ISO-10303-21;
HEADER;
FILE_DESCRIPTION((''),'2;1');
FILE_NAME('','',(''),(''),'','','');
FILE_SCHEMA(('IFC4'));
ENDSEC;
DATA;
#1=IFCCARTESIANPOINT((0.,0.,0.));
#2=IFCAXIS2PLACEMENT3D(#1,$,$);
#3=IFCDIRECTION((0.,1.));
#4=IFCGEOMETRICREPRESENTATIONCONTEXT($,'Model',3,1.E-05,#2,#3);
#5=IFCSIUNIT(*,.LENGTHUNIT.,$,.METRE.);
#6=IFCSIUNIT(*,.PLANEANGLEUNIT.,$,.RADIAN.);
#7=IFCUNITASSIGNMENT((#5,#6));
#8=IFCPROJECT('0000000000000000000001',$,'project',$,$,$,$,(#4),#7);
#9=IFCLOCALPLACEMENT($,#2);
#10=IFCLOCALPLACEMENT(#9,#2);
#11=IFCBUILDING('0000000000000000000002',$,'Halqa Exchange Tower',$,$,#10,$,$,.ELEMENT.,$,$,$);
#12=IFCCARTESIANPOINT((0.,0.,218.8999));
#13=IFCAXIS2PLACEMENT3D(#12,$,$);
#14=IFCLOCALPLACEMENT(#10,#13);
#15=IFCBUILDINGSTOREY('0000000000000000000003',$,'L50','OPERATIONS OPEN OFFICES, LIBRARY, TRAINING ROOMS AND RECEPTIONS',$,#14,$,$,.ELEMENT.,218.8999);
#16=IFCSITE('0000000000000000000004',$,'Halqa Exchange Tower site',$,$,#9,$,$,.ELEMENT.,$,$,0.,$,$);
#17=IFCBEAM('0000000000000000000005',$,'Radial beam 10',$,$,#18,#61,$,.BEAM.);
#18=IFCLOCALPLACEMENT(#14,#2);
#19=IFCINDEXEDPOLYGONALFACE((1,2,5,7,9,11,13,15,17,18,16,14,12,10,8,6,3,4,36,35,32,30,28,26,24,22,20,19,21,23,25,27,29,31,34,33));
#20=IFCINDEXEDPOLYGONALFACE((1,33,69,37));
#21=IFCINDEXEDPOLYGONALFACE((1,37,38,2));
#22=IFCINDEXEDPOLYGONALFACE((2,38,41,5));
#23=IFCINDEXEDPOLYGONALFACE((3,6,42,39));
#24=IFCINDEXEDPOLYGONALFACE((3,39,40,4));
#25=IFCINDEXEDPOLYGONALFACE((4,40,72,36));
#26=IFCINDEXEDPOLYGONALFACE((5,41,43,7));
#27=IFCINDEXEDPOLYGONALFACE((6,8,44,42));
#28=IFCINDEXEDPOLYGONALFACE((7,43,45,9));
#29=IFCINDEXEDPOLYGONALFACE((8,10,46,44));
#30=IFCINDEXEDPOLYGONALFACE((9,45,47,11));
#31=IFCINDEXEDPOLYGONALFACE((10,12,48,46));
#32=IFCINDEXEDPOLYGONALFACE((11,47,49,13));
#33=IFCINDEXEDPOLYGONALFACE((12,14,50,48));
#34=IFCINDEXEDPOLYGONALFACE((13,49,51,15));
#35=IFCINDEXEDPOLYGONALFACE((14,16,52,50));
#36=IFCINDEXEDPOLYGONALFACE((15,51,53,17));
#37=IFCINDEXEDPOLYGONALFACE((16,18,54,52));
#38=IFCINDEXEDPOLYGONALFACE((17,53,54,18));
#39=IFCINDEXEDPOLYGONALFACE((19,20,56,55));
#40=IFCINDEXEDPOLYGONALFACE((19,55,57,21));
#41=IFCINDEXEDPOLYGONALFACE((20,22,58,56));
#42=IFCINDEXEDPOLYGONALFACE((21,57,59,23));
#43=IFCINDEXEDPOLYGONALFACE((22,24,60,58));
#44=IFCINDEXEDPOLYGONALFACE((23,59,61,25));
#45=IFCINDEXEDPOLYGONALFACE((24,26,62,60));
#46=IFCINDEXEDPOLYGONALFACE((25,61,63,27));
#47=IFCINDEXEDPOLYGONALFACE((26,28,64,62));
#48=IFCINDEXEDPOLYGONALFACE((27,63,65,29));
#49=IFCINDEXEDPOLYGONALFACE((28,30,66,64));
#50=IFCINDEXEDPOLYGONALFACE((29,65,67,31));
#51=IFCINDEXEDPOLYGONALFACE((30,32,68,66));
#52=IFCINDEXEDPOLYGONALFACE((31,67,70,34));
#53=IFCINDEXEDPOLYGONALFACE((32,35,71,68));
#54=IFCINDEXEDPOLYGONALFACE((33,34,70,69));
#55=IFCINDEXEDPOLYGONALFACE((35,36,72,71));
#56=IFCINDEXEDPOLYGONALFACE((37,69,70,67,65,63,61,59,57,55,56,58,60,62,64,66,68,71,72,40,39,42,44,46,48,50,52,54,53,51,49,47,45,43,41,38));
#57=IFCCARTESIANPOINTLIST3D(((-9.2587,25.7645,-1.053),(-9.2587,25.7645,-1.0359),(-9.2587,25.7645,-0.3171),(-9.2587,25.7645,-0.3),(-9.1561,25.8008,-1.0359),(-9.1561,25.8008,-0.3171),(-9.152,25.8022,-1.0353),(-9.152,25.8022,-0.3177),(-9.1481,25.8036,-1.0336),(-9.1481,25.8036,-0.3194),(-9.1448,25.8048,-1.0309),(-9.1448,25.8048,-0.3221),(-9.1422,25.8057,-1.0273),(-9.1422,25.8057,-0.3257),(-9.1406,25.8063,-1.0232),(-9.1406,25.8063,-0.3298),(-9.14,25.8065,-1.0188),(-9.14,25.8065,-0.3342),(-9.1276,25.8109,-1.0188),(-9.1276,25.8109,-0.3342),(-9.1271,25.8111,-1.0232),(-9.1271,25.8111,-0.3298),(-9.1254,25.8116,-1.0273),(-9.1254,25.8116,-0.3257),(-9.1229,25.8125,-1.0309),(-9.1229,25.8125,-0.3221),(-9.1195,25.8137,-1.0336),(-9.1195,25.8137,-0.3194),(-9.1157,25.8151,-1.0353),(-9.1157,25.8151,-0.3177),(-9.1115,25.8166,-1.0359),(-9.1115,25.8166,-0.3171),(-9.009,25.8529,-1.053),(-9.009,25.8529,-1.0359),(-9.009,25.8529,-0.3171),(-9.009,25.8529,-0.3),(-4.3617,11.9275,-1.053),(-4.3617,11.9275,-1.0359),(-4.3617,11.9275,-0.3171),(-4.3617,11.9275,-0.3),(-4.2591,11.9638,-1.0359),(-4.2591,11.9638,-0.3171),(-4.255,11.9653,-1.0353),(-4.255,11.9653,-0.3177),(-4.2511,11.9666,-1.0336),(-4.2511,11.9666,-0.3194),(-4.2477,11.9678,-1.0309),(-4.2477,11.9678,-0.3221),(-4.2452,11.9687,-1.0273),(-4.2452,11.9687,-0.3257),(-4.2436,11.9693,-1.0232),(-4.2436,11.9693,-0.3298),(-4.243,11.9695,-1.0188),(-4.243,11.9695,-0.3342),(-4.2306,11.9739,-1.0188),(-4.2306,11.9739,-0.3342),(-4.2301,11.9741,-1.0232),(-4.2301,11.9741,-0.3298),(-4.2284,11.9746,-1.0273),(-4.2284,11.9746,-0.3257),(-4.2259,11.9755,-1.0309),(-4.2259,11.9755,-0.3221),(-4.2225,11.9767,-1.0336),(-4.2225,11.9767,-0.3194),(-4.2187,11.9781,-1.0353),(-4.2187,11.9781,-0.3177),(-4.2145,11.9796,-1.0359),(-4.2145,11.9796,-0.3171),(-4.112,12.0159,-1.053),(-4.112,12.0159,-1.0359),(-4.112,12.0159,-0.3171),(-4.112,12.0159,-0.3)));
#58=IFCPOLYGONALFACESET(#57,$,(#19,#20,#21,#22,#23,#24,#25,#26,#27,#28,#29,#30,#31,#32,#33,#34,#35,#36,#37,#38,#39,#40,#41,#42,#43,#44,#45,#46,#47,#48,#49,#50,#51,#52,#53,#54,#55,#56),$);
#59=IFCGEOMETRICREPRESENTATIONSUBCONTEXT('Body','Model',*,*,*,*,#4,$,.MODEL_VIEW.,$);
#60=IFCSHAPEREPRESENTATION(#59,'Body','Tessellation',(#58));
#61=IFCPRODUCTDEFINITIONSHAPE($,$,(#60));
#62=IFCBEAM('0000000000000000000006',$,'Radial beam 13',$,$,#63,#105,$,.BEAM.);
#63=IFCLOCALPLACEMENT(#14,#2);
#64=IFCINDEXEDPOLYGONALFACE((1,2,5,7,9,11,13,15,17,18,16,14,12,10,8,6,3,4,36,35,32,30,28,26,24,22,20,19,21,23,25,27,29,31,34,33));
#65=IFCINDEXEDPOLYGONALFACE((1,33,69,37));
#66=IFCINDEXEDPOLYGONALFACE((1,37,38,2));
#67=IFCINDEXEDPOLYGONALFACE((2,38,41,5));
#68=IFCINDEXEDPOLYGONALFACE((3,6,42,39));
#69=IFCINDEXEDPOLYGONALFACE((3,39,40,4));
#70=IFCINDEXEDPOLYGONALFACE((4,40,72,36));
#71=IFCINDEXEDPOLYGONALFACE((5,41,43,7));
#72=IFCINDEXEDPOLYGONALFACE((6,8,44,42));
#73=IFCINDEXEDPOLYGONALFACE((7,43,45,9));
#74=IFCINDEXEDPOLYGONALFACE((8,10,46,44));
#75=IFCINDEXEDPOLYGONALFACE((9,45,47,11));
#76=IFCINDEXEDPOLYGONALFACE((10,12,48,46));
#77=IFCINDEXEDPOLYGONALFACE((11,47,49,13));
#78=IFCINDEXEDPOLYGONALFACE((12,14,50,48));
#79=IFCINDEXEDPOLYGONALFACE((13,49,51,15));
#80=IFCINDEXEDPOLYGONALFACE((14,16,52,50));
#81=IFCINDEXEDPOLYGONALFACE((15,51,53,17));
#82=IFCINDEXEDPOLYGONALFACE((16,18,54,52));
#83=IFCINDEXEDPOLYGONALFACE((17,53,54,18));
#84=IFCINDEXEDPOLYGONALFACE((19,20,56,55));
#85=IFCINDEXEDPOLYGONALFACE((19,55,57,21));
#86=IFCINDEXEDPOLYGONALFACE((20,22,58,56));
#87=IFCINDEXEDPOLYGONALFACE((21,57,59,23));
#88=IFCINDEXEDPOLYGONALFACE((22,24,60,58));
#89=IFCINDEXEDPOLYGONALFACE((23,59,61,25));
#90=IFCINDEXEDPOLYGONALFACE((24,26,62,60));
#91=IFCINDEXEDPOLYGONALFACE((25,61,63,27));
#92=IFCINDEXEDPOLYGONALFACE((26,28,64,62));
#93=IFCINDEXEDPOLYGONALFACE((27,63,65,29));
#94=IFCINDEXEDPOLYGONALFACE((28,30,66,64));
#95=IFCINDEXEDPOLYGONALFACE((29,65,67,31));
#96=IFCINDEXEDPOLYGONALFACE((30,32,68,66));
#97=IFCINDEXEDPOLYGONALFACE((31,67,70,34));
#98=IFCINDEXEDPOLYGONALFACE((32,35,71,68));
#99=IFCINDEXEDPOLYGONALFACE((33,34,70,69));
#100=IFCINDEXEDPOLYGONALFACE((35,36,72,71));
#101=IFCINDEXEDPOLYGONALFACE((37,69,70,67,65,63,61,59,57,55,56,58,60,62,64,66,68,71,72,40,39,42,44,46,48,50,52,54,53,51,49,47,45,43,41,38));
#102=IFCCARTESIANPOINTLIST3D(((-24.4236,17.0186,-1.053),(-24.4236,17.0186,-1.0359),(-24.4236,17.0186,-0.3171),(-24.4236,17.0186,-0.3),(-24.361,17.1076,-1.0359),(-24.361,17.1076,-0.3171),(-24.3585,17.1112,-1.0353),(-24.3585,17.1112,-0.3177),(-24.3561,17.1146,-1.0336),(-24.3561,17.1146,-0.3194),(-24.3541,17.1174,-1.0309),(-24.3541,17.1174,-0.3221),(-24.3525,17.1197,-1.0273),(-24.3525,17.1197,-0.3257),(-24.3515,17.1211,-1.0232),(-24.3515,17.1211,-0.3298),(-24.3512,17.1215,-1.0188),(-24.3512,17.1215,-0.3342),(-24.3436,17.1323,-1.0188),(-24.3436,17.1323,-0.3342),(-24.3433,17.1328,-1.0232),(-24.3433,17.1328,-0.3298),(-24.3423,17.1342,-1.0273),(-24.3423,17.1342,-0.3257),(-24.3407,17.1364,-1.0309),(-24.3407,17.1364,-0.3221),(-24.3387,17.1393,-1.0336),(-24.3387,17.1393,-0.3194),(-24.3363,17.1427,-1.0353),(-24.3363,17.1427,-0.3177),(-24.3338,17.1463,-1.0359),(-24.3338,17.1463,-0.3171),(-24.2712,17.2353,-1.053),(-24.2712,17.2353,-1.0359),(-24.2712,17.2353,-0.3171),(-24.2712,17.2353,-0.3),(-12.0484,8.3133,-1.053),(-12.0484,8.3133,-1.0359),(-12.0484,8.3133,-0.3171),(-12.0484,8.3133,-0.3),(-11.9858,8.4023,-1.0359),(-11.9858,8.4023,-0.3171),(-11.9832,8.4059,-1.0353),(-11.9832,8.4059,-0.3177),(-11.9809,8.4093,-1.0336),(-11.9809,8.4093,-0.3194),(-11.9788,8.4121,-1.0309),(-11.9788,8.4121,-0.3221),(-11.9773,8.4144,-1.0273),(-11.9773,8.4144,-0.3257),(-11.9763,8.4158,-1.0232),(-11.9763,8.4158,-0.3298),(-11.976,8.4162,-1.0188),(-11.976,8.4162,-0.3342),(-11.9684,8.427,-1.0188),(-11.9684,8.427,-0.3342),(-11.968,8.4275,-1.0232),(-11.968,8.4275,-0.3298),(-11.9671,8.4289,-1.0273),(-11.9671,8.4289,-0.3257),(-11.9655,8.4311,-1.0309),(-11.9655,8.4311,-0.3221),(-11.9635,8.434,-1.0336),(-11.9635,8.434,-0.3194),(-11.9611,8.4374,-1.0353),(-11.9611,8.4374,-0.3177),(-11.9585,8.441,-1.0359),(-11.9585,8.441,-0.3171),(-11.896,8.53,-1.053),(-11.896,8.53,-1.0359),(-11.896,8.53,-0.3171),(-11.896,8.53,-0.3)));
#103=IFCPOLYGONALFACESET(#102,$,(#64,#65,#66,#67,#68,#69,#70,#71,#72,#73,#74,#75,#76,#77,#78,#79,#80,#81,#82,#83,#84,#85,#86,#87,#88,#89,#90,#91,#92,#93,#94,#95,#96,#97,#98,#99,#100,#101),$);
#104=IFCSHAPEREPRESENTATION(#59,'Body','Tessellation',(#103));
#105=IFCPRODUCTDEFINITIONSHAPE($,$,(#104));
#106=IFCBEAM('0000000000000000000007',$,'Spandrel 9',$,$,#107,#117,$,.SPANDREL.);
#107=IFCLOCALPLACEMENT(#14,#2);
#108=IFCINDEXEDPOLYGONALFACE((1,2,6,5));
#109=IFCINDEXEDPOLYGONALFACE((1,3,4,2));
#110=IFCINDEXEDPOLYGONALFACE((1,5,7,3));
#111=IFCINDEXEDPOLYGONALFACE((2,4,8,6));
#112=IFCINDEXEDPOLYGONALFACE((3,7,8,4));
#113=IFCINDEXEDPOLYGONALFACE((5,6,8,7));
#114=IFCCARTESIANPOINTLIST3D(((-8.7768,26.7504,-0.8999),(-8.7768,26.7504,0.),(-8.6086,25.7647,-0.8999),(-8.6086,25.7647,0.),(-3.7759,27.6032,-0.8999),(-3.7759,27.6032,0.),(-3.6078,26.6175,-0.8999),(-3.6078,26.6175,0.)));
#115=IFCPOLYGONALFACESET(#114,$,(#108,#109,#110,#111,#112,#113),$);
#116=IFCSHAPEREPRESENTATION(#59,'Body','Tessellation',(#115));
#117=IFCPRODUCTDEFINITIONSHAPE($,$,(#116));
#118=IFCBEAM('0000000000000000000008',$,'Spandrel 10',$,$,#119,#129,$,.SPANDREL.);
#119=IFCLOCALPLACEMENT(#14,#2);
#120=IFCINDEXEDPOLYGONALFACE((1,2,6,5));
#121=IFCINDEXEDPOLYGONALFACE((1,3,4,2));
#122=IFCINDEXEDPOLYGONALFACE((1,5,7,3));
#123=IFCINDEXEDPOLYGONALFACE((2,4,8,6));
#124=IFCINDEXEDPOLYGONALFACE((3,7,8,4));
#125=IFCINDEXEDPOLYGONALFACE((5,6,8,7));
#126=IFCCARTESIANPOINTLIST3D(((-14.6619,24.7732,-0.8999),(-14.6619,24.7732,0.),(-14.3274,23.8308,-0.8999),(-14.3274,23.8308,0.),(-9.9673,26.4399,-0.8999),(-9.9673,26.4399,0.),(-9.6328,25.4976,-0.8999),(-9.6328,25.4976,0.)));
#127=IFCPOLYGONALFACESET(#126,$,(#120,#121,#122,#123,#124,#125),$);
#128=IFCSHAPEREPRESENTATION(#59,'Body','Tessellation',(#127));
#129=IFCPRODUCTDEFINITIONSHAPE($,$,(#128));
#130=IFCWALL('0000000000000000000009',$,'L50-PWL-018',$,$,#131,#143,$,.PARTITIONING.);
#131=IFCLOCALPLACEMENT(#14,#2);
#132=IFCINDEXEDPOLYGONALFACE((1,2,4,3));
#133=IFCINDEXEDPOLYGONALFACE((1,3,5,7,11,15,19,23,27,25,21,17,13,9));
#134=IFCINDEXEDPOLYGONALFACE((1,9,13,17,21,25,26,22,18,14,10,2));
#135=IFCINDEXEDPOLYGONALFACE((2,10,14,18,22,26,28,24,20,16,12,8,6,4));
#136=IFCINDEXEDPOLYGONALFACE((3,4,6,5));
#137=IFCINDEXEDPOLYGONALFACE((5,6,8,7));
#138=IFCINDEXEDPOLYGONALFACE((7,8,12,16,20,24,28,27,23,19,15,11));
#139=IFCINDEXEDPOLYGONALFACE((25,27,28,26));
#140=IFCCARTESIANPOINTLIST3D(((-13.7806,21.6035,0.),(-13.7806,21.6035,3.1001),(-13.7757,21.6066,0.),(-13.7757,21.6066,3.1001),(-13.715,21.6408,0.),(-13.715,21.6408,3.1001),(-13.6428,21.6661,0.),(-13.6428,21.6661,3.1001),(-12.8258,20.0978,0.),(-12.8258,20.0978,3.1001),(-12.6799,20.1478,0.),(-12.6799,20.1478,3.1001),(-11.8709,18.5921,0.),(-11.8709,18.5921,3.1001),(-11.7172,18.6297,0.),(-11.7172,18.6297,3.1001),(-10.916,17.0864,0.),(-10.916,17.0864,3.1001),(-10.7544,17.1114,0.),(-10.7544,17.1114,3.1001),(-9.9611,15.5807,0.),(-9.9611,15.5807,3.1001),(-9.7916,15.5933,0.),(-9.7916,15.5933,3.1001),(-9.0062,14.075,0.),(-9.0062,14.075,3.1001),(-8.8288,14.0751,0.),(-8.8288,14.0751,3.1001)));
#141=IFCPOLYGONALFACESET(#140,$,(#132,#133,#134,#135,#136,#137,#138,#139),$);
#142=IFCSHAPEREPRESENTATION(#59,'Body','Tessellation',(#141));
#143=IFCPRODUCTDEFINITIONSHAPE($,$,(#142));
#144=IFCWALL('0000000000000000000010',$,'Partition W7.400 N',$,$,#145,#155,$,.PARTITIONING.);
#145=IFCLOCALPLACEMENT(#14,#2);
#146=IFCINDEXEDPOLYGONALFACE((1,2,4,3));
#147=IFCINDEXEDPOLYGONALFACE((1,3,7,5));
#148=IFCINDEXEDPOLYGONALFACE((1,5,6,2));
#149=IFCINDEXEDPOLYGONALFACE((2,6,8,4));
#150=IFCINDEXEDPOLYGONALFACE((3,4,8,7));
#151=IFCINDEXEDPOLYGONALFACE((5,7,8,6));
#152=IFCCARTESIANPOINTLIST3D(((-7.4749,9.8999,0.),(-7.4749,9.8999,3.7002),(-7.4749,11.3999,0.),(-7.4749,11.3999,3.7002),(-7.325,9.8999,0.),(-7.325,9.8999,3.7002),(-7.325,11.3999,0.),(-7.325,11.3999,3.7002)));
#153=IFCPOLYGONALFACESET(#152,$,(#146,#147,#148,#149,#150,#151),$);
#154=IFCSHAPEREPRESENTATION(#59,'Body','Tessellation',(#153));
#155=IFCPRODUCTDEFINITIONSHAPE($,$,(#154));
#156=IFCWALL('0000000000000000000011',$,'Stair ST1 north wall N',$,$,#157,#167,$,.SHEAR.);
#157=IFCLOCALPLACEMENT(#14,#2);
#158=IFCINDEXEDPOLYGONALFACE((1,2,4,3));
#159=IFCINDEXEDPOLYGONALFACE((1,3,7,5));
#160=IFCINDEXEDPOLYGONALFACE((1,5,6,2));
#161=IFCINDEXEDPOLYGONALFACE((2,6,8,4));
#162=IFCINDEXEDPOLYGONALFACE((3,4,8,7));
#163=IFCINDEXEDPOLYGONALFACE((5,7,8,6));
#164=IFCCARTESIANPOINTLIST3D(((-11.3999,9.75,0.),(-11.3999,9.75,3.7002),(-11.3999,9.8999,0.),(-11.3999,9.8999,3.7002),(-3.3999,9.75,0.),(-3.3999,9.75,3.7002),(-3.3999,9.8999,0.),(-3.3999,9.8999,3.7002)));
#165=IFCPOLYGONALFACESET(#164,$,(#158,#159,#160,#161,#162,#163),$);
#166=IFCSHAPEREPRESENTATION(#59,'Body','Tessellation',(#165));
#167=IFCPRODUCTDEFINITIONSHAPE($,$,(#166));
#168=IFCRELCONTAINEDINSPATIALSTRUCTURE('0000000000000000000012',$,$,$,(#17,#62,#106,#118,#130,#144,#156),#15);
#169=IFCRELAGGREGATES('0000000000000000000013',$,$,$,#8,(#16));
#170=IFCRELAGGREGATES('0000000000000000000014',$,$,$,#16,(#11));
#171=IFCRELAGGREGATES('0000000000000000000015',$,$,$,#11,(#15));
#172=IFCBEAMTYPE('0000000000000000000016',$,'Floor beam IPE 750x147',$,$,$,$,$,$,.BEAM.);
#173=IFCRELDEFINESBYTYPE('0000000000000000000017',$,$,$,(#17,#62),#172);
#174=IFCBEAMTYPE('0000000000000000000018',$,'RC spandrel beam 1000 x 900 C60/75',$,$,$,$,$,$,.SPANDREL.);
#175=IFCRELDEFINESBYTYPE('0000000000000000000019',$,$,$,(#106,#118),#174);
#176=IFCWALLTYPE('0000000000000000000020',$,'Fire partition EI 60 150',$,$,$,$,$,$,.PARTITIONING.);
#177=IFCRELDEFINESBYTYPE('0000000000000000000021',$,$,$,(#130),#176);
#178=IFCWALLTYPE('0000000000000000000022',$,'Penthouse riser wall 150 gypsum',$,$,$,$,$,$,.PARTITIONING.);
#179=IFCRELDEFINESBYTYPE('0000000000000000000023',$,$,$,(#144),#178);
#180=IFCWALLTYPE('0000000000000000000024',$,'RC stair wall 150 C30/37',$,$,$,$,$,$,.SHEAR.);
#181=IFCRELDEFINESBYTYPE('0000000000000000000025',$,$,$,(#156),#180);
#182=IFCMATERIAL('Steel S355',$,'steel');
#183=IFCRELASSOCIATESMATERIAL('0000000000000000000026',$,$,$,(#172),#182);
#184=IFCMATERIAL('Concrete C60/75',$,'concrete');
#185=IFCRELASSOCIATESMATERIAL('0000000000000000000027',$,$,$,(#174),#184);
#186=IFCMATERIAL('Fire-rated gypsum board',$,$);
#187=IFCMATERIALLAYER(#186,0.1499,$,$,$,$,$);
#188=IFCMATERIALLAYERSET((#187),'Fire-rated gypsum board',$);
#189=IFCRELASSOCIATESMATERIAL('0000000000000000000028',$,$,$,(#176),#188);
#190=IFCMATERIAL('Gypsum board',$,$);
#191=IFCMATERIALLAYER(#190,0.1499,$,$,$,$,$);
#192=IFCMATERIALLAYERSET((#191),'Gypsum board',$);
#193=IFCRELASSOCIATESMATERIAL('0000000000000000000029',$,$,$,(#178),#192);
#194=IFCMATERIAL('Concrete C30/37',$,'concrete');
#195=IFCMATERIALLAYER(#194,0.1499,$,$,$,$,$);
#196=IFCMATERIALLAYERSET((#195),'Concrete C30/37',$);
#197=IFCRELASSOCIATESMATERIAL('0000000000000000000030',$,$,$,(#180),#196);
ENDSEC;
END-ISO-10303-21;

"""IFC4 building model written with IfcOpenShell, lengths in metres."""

from ifc_helpers import new_model, si_unit, direction, frame, frame_2d, origin, origin_2d, place, context, subcontext, project, spatial, polyline, rectangle, i_section, outline, extrude, material, layer, layer_set, material_profile, profile_set, type_object, element, save


model = new_model("IFC4")

# Units and contexts
model_context = context("Model", 3, precision=1e-05, world=origin(), true_north=direction((0.0, 1.0)))
body_context = subcontext(model_context, "Body", "Model", "MODEL_VIEW")
ifc_project = project(units=[si_unit("LENGTHUNIT", "METRE"), si_unit("PLANEANGLEUNIT", "RADIAN")], contexts=[model_context])

# Site, building, storey
site_placement = place(None, origin())
site = spatial("IfcSite", under=ifc_project, at=site_placement, Name="Halqa Exchange Tower site", CompositionType="ELEMENT", RefElevation=0.0)
building_placement = place(site_placement, origin())
building = spatial("IfcBuilding", under=site, at=building_placement, Name="Halqa Exchange Tower", CompositionType="ELEMENT")
storey_placement = place(building_placement, frame((0.0, 0.0, 218.8999)))
storey = spatial("IfcBuildingStorey", under=building, at=storey_placement, Name="L50", Description="OPERATIONS OPEN OFFICES, LIBRARY, TRAINING ROOMS AND RECEPTIONS", CompositionType="ELEMENT", Elevation=218.8999)

# Shared definitions
ifc_material_1 = material(Name="Concrete C60/75", Category="concrete")

# Beams
ifc_material_2 = material(Name="Steel S355", Category="steel")
ifc_material_profile_1 = material_profile(ifc_material_2, i_section(OverallWidth=0.2649, OverallDepth=0.7529, WebThickness=0.0132, FlangeThickness=0.0171, FilletRadius=0.0171, at=origin_2d()), Name="IPE 750x147")
ifc_profile_set_1 = profile_set([ifc_material_profile_1], Name="Steel S355")
beam_type_1 = type_object("IfcBeamType", Name="Floor beam IPE 750x147", PredefinedType="BEAM", material=ifc_profile_set_1)
beam_1_placement = place(storey_placement, frame((-4.2368, 11.9717, -0.6765), z_axis=(-0.333629, 0.942704, 0.0), x_axis=(-0.942704, -0.333629, 0.0)))
element("IfcBeam", 1, at=beam_1_placement, inside=storey, type_object=beam_type_1, Name="Radial beam 10", PredefinedType="BEAM", context=body_context, shape_type="SweptSolid", body=[
    extrude(i_section(OverallWidth=0.2649, OverallDepth=0.7529, WebThickness=0.0132, FlangeThickness=0.0171, FilletRadius=0.0171, at=origin_2d()), origin(), (0.0, 0.0, 1.0), 14.678),
])
beam_2_placement = place(storey_placement, frame((-11.9722, 8.4216, -0.6765), z_axis=(-0.817905, 0.575353, 0.0), x_axis=(-0.575353, -0.817905, 0.0)))
element("IfcBeam", 2, at=beam_2_placement, inside=storey, type_object=beam_type_1, Name="Radial beam 13", PredefinedType="BEAM", context=body_context, shape_type="SweptSolid", body=[
    extrude(i_section(OverallWidth=0.2649, OverallDepth=0.7529, WebThickness=0.0132, FlangeThickness=0.0171, FilletRadius=0.0171, at=origin_2d()), origin(), (0.0, 0.0, 1.0), 15.1304),
])
ifc_material_profile_2 = material_profile(ifc_material_1, rectangle(XDim=1.0, YDim=0.8999, at=origin_2d()), Name="1000 x 900")
ifc_profile_set_2 = profile_set([ifc_material_profile_2], Name="Concrete C60/75")
beam_type_2 = type_object("IfcBeamType", Name="RC spandrel beam 1000 x 900 C60/75", PredefinedType="SPANDREL", material=ifc_profile_set_2)
beam_3_placement = place(storey_placement, frame((-3.6919, 27.1104, -0.45), z_axis=(-0.985769, -0.168105, 0.0), x_axis=(0.168105, -0.985769, 0.0)))
element("IfcBeam", 3, at=beam_3_placement, inside=storey, type_object=beam_type_2, Name="Spandrel 9", PredefinedType="SPANDREL", context=body_context, shape_type="SweptSolid", body=[
    extrude(rectangle(XDim=1.0, YDim=0.8999, at=origin_2d()), origin(), (0.0, 0.0, 1.0), 5.073),
])
beam_4_placement = place(storey_placement, frame((-9.8, 25.9688, -0.45), z_axis=(-0.942369, -0.334576, 0.0), x_axis=(0.334576, -0.942369, 0.0)))
element("IfcBeam", 4, at=beam_4_placement, inside=storey, type_object=beam_type_2, Name="Spandrel 10", PredefinedType="SPANDREL", context=body_context, shape_type="SweptSolid", body=[
    extrude(rectangle(XDim=1.0, YDim=0.8999, at=origin_2d()), origin(), (0.0, 0.0, 1.0), 4.9817),
])

# Walls
ifc_material_3 = material(Name="Fire-rated gypsum board")
ifc_layer_1 = layer(ifc_material_3, 0.1499)
ifc_layer_set_1 = layer_set([ifc_layer_1], Name="Fire-rated gypsum board")
wall_type_1 = type_object("IfcWallType", Name="Fire partition EI 60 150", PredefinedType="PARTITIONING", material=ifc_layer_set_1)
wall_1_placement = place(storey_placement, frame((-8.8921, 14.0349, 0.0), z_axis=(0.0, 0.0, 1.0), x_axis=(-0.535558, 0.844498, 0.0)))
element("IfcWall", 5, at=wall_1_placement, inside=storey, type_object=wall_type_1, Name="L50-PWL-018", PredefinedType="PARTITIONING", context=body_context, shape_type="SweptSolid", body=[
    extrude(outline(polyline([(0.0, -0.075), (1.7979, -0.075), (3.5955, -0.075), (5.3933, -0.075), (7.1909, -0.075), (8.9888, -0.075), (9.0061, -0.0005), (9.0098, 0.0691), (9.0098, 0.075), (7.2268, 0.075), (5.4438, 0.075), (3.6609, 0.075), (1.8779, 0.075), (0.095, 0.075), (0.0, -0.075), (0.0, -0.075)])), origin(), (0.0, 0.0, 1.0), 3.1001),
])
ifc_material_4 = material(Name="Gypsum board")
ifc_layer_2 = layer(ifc_material_4, 0.1499)
ifc_layer_set_2 = layer_set([ifc_layer_2], Name="Gypsum board")
wall_type_2 = type_object("IfcWallType", Name="Penthouse riser wall 150 gypsum", PredefinedType="PARTITIONING", material=ifc_layer_set_2)
wall_2_placement = place(storey_placement, frame((-7.3999, 9.8999, 0.0), z_axis=(0.0, 0.0, 1.0), x_axis=(0.0, 1.0, 0.0)))
element("IfcWall", 6, at=wall_2_placement, inside=storey, type_object=wall_type_2, Name="Partition W7.400 N", PredefinedType="PARTITIONING", context=body_context, shape_type="SweptSolid", body=[
    extrude(rectangle(XDim=1.5, YDim=0.1499, at=frame_2d((0.75, 0.0))), origin(), (0.0, 0.0, 1.0), 3.7002),
])
ifc_material_5 = material(Name="Concrete C30/37", Category="concrete")
ifc_layer_3 = layer(ifc_material_5, 0.1499)
ifc_layer_set_3 = layer_set([ifc_layer_3], Name="Concrete C30/37")
wall_type_3 = type_object("IfcWallType", Name="RC stair wall 150 C30/37", PredefinedType="SHEAR", material=ifc_layer_set_3)
wall_3_placement = place(storey_placement, frame((-11.3999, 9.825, 0.0), z_axis=(0.0, 0.0, 1.0), x_axis=(1.0, 0.0, 0.0)))
element("IfcWall", 7, at=wall_3_placement, inside=storey, type_object=wall_type_3, Name="Stair ST1 north wall N", PredefinedType="SHEAR", context=body_context, shape_type="SweptSolid", body=[
    extrude(rectangle(XDim=8.0, YDim=0.1499, at=frame_2d((4.0, 0.0))), origin(), (0.0, 0.0, 1.0), 3.7002),
])

save(model, "model.ifc")
